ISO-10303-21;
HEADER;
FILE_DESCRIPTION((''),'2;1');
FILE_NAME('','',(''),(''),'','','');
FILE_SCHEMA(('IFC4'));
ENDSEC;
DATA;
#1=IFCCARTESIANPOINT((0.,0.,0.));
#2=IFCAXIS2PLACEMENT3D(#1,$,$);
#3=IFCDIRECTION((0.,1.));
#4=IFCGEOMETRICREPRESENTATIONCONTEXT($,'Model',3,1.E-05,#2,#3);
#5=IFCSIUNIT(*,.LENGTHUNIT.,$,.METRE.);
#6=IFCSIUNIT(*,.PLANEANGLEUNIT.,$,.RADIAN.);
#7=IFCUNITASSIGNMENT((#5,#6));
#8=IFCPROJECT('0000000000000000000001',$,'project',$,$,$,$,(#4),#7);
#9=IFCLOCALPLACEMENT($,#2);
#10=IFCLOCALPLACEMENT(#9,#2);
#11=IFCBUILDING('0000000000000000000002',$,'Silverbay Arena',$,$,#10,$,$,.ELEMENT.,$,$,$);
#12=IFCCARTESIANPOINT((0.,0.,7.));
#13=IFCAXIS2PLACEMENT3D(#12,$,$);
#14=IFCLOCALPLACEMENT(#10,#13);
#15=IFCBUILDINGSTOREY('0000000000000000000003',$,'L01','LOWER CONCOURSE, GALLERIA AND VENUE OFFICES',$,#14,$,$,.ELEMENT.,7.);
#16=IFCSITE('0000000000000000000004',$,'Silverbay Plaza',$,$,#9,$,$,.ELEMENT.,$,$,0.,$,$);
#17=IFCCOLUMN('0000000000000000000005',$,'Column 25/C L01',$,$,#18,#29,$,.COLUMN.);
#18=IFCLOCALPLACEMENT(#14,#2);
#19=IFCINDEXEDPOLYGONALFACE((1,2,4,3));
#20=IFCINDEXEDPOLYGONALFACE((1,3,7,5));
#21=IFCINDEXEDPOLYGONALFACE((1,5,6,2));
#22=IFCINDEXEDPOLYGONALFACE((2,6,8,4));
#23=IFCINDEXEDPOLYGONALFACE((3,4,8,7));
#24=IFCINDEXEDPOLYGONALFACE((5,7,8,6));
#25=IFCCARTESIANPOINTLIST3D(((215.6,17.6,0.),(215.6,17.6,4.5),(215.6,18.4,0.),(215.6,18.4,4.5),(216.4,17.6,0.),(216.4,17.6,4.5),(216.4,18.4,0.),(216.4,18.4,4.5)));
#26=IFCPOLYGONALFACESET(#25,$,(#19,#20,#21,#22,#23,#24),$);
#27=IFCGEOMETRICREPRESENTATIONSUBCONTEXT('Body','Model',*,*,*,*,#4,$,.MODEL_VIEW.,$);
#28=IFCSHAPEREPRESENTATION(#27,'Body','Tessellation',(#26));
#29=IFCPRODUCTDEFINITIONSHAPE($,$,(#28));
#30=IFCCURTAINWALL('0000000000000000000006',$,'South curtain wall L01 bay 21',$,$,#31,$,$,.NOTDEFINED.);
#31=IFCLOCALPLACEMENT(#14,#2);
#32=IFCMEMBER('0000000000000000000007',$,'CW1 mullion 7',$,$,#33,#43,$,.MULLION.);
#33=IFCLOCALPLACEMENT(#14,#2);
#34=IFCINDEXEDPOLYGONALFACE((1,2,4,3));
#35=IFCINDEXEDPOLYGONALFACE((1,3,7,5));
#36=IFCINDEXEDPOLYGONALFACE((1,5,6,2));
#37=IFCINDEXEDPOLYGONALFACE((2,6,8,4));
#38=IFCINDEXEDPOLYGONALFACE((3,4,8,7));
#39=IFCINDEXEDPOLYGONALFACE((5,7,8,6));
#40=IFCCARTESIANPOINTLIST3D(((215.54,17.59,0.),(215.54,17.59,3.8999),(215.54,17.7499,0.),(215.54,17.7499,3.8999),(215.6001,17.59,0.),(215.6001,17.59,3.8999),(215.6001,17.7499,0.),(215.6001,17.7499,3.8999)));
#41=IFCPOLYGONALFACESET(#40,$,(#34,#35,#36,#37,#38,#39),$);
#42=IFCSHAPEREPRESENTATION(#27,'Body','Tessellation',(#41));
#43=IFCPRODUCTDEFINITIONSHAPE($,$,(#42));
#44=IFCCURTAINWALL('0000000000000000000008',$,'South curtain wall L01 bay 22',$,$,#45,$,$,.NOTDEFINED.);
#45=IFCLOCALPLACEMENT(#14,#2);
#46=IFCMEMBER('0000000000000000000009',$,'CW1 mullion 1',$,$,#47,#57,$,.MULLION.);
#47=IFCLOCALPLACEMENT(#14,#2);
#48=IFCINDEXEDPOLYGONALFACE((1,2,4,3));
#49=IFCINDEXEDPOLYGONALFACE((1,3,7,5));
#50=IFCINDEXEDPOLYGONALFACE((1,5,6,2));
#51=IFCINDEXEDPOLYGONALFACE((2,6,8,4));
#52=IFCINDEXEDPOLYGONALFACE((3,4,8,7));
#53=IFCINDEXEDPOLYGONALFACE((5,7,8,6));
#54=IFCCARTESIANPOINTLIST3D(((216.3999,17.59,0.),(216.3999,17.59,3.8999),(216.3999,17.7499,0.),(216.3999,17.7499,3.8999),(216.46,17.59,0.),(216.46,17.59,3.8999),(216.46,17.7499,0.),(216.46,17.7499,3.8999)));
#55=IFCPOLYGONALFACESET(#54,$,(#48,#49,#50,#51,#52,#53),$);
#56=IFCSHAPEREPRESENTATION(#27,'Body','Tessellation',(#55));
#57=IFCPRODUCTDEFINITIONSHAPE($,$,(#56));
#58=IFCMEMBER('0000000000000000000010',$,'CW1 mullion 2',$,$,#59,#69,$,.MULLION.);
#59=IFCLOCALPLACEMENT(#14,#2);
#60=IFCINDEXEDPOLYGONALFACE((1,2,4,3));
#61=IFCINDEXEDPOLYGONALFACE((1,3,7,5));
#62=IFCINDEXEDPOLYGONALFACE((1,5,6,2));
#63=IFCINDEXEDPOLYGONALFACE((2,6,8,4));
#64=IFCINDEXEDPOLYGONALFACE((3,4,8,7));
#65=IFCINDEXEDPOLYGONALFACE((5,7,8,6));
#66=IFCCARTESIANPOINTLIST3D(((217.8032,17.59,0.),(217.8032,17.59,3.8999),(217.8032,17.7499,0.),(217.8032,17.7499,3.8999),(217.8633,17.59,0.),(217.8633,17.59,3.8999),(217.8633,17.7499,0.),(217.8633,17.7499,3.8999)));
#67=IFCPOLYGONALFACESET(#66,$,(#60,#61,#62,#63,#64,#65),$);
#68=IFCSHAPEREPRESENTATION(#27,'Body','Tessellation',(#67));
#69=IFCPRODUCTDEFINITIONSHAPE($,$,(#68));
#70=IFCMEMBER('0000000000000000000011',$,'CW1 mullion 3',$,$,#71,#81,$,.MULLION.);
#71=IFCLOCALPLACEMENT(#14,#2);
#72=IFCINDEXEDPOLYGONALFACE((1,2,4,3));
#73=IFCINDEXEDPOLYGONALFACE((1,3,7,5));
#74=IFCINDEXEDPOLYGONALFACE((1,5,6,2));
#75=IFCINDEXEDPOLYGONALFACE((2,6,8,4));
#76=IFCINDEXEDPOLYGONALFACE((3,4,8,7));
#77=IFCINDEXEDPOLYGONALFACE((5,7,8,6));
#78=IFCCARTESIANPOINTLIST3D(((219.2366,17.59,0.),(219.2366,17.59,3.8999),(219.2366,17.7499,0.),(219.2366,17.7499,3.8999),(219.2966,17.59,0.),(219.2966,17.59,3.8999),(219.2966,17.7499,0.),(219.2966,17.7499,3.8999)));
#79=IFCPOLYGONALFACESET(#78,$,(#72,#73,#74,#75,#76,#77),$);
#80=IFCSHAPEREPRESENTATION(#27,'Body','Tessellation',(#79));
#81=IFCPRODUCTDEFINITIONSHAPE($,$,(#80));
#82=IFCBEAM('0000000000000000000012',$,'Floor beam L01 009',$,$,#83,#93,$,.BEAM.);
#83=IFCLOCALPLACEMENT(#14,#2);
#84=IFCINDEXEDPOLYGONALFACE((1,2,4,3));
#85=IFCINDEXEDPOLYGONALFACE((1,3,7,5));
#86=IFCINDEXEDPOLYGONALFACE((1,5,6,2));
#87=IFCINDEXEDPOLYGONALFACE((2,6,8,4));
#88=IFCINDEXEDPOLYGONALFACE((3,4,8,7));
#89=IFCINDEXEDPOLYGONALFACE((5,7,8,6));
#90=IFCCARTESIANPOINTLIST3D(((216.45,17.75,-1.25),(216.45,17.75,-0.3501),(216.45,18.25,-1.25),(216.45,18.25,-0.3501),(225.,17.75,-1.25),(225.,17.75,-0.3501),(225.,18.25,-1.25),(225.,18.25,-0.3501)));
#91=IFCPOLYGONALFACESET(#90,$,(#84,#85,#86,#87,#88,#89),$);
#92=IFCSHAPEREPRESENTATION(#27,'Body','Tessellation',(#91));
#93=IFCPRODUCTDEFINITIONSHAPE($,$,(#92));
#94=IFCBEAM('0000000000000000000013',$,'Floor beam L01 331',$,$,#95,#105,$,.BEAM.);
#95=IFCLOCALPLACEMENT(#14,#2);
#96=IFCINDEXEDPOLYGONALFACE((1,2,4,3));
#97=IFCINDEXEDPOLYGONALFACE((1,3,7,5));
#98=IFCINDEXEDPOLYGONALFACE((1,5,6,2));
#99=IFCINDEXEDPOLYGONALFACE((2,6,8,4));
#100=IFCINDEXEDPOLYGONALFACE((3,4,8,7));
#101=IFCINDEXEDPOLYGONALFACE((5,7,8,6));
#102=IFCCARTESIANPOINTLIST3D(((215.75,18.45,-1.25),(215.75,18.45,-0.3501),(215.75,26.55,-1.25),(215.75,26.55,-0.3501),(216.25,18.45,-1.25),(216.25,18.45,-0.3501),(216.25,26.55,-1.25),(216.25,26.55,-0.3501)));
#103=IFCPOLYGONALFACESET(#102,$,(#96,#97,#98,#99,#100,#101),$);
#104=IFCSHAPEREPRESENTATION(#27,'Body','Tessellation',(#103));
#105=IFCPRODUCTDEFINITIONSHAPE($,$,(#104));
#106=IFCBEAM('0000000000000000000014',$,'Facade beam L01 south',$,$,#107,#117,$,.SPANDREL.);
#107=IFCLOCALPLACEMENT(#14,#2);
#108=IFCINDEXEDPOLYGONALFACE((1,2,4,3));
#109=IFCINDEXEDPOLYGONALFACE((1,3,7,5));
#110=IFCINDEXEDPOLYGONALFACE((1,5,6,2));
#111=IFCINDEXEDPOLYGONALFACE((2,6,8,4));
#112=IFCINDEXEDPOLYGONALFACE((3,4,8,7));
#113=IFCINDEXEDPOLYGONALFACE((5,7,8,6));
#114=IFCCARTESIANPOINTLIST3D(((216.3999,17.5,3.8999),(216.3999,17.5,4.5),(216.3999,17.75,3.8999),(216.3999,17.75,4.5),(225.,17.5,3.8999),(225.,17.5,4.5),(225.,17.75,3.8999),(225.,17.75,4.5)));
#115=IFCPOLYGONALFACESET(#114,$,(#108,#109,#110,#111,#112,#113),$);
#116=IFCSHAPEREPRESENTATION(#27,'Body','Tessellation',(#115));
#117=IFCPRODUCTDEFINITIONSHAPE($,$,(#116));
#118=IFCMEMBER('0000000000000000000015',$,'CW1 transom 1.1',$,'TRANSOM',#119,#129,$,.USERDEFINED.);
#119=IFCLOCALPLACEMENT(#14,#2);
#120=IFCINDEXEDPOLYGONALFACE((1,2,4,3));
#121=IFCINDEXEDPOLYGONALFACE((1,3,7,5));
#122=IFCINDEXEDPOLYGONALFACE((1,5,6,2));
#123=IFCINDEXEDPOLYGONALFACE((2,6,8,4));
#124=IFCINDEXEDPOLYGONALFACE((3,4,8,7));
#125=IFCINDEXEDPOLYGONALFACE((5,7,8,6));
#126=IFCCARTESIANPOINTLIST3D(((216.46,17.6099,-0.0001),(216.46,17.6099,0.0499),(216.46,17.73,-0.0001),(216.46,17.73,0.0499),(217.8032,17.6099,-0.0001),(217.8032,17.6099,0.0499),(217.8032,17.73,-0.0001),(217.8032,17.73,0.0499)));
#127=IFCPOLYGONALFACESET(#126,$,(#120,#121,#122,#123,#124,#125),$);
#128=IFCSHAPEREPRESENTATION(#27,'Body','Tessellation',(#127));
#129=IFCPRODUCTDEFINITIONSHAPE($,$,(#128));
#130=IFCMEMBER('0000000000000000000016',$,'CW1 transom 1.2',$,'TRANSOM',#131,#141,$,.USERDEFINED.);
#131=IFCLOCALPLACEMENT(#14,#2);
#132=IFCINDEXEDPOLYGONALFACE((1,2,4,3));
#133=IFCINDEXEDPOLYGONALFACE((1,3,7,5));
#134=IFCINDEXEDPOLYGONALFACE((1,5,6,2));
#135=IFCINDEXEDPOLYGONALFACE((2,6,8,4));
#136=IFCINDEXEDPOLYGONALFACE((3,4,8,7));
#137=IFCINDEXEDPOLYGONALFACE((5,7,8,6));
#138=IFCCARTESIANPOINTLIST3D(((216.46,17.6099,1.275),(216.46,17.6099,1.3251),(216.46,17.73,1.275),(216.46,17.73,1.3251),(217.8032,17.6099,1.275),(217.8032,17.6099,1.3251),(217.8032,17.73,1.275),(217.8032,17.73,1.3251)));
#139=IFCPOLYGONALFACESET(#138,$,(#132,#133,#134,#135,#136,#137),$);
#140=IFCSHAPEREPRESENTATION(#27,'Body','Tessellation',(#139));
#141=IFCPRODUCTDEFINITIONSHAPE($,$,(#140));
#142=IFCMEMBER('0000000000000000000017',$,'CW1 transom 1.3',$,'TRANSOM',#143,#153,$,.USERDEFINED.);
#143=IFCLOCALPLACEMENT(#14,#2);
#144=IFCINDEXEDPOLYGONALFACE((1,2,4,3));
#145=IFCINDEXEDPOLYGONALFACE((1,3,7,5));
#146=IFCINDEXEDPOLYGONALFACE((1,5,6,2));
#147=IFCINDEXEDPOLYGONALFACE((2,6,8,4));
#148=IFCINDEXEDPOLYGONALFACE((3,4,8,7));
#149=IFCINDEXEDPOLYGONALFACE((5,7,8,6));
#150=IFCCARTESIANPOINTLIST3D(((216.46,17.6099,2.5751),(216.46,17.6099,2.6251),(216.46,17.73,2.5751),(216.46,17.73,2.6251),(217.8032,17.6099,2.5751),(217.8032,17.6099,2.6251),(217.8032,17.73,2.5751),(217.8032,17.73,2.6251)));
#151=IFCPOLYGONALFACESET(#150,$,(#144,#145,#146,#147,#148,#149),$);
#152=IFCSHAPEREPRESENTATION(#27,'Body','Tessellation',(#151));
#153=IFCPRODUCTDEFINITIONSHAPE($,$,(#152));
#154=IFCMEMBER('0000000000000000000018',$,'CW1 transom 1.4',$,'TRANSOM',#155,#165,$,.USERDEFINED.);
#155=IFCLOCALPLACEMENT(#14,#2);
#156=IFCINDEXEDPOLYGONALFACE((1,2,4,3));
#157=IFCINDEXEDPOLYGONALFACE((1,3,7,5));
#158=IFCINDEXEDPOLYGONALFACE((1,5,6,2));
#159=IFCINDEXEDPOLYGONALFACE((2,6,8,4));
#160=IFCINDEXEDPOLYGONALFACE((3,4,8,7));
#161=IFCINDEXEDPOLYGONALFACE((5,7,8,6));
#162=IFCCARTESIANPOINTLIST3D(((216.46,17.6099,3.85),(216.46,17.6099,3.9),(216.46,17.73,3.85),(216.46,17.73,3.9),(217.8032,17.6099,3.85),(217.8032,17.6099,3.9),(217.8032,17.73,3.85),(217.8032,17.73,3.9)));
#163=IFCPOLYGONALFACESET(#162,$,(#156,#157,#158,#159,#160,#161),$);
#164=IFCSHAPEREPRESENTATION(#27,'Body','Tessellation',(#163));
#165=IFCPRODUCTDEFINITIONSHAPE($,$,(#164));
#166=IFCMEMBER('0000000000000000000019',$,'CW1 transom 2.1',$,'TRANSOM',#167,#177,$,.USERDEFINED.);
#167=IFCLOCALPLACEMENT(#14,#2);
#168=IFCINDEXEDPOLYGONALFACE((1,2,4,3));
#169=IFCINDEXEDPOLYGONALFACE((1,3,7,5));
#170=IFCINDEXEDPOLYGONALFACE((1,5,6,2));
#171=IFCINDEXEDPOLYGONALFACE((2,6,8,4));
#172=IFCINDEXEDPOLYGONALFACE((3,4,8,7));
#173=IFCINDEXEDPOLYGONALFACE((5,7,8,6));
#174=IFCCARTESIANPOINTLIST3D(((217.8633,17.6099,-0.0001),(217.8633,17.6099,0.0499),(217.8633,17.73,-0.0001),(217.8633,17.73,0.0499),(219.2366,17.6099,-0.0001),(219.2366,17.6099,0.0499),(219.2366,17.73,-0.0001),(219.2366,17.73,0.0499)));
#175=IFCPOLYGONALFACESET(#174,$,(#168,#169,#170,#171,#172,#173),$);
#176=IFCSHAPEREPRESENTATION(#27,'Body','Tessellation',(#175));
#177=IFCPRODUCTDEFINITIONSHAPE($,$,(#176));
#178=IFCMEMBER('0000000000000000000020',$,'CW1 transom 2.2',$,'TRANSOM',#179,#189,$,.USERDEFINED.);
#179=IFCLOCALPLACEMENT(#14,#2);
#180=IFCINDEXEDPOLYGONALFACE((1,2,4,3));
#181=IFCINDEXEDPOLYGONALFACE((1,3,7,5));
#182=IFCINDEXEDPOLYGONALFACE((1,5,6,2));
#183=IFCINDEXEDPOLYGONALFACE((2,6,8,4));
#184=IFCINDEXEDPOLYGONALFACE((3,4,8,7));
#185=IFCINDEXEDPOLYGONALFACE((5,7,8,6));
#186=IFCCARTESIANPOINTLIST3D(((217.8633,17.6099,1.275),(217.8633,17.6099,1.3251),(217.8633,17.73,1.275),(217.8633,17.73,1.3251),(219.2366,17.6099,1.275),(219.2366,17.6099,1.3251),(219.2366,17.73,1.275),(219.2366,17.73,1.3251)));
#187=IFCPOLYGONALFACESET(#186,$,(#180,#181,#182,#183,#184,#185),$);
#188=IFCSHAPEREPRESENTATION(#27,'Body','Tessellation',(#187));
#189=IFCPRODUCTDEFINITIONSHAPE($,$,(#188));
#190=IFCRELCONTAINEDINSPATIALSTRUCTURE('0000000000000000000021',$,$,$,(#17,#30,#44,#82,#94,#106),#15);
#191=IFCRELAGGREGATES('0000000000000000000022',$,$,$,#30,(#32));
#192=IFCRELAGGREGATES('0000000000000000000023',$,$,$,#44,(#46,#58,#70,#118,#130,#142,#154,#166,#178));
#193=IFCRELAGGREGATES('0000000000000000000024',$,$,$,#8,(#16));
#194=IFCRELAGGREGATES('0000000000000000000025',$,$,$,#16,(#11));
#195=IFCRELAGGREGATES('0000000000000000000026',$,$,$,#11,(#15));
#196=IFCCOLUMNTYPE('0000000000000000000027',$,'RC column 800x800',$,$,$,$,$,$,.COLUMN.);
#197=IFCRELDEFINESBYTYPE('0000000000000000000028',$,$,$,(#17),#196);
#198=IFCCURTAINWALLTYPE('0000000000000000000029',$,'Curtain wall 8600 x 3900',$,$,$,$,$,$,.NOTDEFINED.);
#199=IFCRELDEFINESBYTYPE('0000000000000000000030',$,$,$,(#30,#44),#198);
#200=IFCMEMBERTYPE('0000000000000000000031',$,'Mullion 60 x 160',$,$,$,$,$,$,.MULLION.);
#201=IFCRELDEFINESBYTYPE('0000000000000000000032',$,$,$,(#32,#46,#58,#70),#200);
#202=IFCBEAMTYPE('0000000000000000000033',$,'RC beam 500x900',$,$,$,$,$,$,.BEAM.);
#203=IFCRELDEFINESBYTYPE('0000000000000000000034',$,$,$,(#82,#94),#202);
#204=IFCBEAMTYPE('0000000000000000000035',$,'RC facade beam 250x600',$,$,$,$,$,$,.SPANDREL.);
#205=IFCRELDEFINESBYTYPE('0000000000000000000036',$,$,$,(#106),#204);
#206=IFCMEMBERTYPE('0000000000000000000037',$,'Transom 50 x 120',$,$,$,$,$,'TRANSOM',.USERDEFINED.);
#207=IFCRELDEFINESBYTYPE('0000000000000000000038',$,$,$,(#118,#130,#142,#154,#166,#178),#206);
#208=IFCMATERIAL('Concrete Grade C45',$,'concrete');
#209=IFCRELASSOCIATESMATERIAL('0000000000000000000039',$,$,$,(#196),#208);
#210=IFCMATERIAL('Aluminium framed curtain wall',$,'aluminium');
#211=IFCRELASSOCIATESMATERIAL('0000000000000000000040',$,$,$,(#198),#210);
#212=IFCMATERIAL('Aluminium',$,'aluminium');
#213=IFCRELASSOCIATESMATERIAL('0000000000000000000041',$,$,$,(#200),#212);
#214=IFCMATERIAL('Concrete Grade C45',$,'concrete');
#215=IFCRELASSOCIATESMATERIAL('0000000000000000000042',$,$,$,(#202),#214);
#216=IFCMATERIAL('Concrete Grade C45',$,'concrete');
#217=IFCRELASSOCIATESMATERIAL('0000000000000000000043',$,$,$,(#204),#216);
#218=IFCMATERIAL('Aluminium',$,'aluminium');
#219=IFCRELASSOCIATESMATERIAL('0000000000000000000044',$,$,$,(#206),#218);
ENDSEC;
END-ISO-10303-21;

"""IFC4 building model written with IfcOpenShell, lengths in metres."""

from ifc_helpers import new_model, si_unit, direction, frame, origin, origin_2d, place, context, subcontext, project, spatial, rectangle, extrude, material, material_profile, profile_set, type_object, element, aggregate, save


model = new_model("IFC4")

# Units and contexts
model_context = context("Model", 3, precision=1e-05, world=origin(), true_north=direction((0.0, 1.0)))
body_context = subcontext(model_context, "Body", "Model", "MODEL_VIEW")
ifc_project = project(units=[si_unit("LENGTHUNIT", "METRE"), si_unit("PLANEANGLEUNIT", "RADIAN")], contexts=[model_context])

# Site, building, storey
site_placement = place(None, origin())
site = spatial("IfcSite", under=ifc_project, at=site_placement, Name="Silverbay Plaza", CompositionType="ELEMENT", RefElevation=0.0)
building_placement = place(site_placement, origin())
building = spatial("IfcBuilding", under=site, at=building_placement, Name="Silverbay Arena", CompositionType="ELEMENT")
storey_placement = place(building_placement, frame((0.0, 0.0, 7.0)))
storey = spatial("IfcBuildingStorey", under=building, at=storey_placement, Name="L01", Description="LOWER CONCOURSE, GALLERIA AND VENUE OFFICES", CompositionType="ELEMENT", Elevation=7.0)

# Column
ifc_material_1 = material(Name="Concrete Grade C45", Category="concrete")
ifc_material_profile_1 = material_profile(ifc_material_1, rectangle(XDim=0.8, YDim=0.8, at=origin_2d()), Name="RC 800x800")
ifc_profile_set_1 = profile_set([ifc_material_profile_1], Name="Concrete Grade C45")
column_type = type_object("IfcColumnType", Name="RC column 800x800", PredefinedType="COLUMN", material=ifc_profile_set_1)
column_placement = place(storey_placement, frame((216.0, 18.0, 0.0), z_axis=(0.0, 0.0, 1.0), x_axis=(1.0, 0.0, 0.0)))
element("IfcColumn", 1, at=column_placement, inside=storey, type_object=column_type, Name="Column 25/C L01", PredefinedType="COLUMN", context=body_context, shape_type="SweptSolid", body=[
    extrude(rectangle(XDim=0.8, YDim=0.8, at=origin_2d()), origin(), (0.0, 0.0, 1.0), 4.5),
])

# Curtain wall, member
ifc_material_2 = material(Name="Aluminium framed curtain wall", Category="aluminium")
curtain_wall_type = type_object("IfcCurtainWallType", Name="Curtain wall 8600 x 3900", PredefinedType="NOTDEFINED", material=ifc_material_2)
curtain_wall_1_placement = place(storey_placement, origin())
curtain_wall_1 = element("IfcCurtainWall", 2, at=curtain_wall_1_placement, inside=storey, type_object=curtain_wall_type, Name="South curtain wall L01 bay 21", PredefinedType="NOTDEFINED")
ifc_material_3 = material(Name="Aluminium", Category="aluminium")
ifc_material_profile_2 = material_profile(ifc_material_3, rectangle(XDim=0.1599, YDim=0.0601, at=origin_2d()), Name="Mullion 60 x 160")
ifc_profile_set_2 = profile_set([ifc_material_profile_2], Name="Aluminium")
member_type_1 = type_object("IfcMemberType", Name="Mullion 60 x 160", PredefinedType="MULLION", material=ifc_profile_set_2)
member_1_placement = place(storey_placement, frame((215.5701, 17.6699, 0.0), z_axis=(0.0, 0.0, 1.0), x_axis=(0.0, 1.0, 0.0)))
member_1 = element("IfcMember", 3, at=member_1_placement, type_object=member_type_1, Name="CW1 mullion 7", PredefinedType="MULLION", context=body_context, shape_type="SweptSolid", body=[
    extrude(rectangle(XDim=0.1599, YDim=0.0601, at=origin_2d()), origin(), (0.0, 0.0, 1.0), 3.8999),
])

# Curtain wall, members
curtain_wall_2_placement = place(storey_placement, origin())
curtain_wall_2 = element("IfcCurtainWall", 4, at=curtain_wall_2_placement, inside=storey, type_object=curtain_wall_type, Name="South curtain wall L01 bay 22", PredefinedType="NOTDEFINED")
member_2_placement = place(storey_placement, frame((216.4299, 17.6699, 0.0), z_axis=(0.0, 0.0, 1.0), x_axis=(0.0, 1.0, 0.0)))
member_2 = element("IfcMember", 5, at=member_2_placement, type_object=member_type_1, Name="CW1 mullion 1", PredefinedType="MULLION", context=body_context, shape_type="SweptSolid", body=[
    extrude(rectangle(XDim=0.1599, YDim=0.0601, at=origin_2d()), origin(), (0.0, 0.0, 1.0), 3.8999),
])
member_3_placement = place(storey_placement, frame((217.8333, 17.6699, 0.0), z_axis=(0.0, 0.0, 1.0), x_axis=(0.0, 1.0, 0.0)))
member_3 = element("IfcMember", 6, at=member_3_placement, type_object=member_type_1, Name="CW1 mullion 2", PredefinedType="MULLION", context=body_context, shape_type="SweptSolid", body=[
    extrude(rectangle(XDim=0.1599, YDim=0.0601, at=origin_2d()), origin(), (0.0, 0.0, 1.0), 3.8999),
])
member_4_placement = place(storey_placement, frame((219.2666, 17.6699, 0.0), z_axis=(0.0, 0.0, 1.0), x_axis=(0.0, 1.0, 0.0)))
member_4 = element("IfcMember", 7, at=member_4_placement, type_object=member_type_1, Name="CW1 mullion 3", PredefinedType="MULLION", context=body_context, shape_type="SweptSolid", body=[
    extrude(rectangle(XDim=0.1599, YDim=0.0601, at=origin_2d()), origin(), (0.0, 0.0, 1.0), 3.8999),
])

# Beams
ifc_material_4 = material(Name="Concrete Grade C45", Category="concrete")
ifc_material_profile_3 = material_profile(ifc_material_4, rectangle(XDim=0.5, YDim=0.8999, at=origin_2d()), Name="RC 500x900")
ifc_profile_set_3 = profile_set([ifc_material_profile_3], Name="Concrete Grade C45")
beam_type_1 = type_object("IfcBeamType", Name="RC beam 500x900", PredefinedType="BEAM", material=ifc_profile_set_3)
beam_1_placement = place(storey_placement, frame((216.45, 18.0, -0.8), z_axis=(1.0, 0.0, 0.0), x_axis=(0.0, 1.0, 0.0)))
element("IfcBeam", 8, at=beam_1_placement, inside=storey, type_object=beam_type_1, Name="Floor beam L01 009", PredefinedType="BEAM", context=body_context, shape_type="SweptSolid", body=[
    extrude(rectangle(XDim=0.5, YDim=0.8999, at=origin_2d()), origin(), (0.0, 0.0, 1.0), 8.55),
])
beam_2_placement = place(storey_placement, frame((216.0, 18.45, -0.8), z_axis=(0.0, 1.0, 0.0), x_axis=(-1.0, 0.0, 0.0)))
element("IfcBeam", 9, at=beam_2_placement, inside=storey, type_object=beam_type_1, Name="Floor beam L01 331", PredefinedType="BEAM", context=body_context, shape_type="SweptSolid", body=[
    extrude(rectangle(XDim=0.5, YDim=0.8999, at=origin_2d()), origin(), (0.0, 0.0, 1.0), 8.1001),
])
ifc_material_5 = material(Name="Concrete Grade C45", Category="concrete")
ifc_material_profile_4 = material_profile(ifc_material_5, rectangle(XDim=0.25, YDim=0.6001, at=origin_2d()), Name="RC 250x600")
ifc_profile_set_4 = profile_set([ifc_material_profile_4], Name="Concrete Grade C45")
beam_type_2 = type_object("IfcBeamType", Name="RC facade beam 250x600", PredefinedType="SPANDREL", material=ifc_profile_set_4)
beam_3_placement = place(storey_placement, frame((216.3999, 17.625, 4.2), z_axis=(1.0, 0.0, 0.0), x_axis=(0.0, 1.0, 0.0)))
element("IfcBeam", 10, at=beam_3_placement, inside=storey, type_object=beam_type_2, Name="Facade beam L01 south", PredefinedType="SPANDREL", context=body_context, shape_type="SweptSolid", body=[
    extrude(rectangle(XDim=0.25, YDim=0.6001, at=origin_2d()), origin(), (0.0, 0.0, 1.0), 8.6001),
])

# Members
ifc_material_6 = material(Name="Aluminium", Category="aluminium")
ifc_material_profile_5 = material_profile(ifc_material_6, rectangle(XDim=0.1201, YDim=0.05, at=origin_2d()), Name="Transom 50 x 120")
ifc_profile_set_5 = profile_set([ifc_material_profile_5], Name="Aluminium")
member_type_2 = type_object("IfcMemberType", Name="Transom 50 x 120", ElementType="TRANSOM", PredefinedType="USERDEFINED", material=ifc_profile_set_5)
member_5_placement = place(storey_placement, frame((216.46, 17.6699, 0.0249), z_axis=(1.0, 0.0, 0.0), x_axis=(0.0, 1.0, 0.0)))
member_5 = element("IfcMember", 11, at=member_5_placement, type_object=member_type_2, Name="CW1 transom 1.1", ObjectType="TRANSOM", PredefinedType="USERDEFINED", context=body_context, shape_type="SweptSolid", body=[
    extrude(rectangle(XDim=0.1201, YDim=0.05, at=origin_2d()), origin(), (0.0, 0.0, 1.0), 1.3433),
])
member_6_placement = place(storey_placement, frame((216.46, 17.6699, 1.3), z_axis=(1.0, 0.0, 0.0), x_axis=(0.0, 1.0, 0.0)))
member_6 = element("IfcMember", 12, at=member_6_placement, type_object=member_type_2, Name="CW1 transom 1.2", ObjectType="TRANSOM", PredefinedType="USERDEFINED", context=body_context, shape_type="SweptSolid", body=[
    extrude(rectangle(XDim=0.1201, YDim=0.05, at=origin_2d()), origin(), (0.0, 0.0, 1.0), 1.3433),
])
member_7_placement = place(storey_placement, frame((216.46, 17.6699, 2.6001), z_axis=(1.0, 0.0, 0.0), x_axis=(0.0, 1.0, 0.0)))
member_7 = element("IfcMember", 13, at=member_7_placement, type_object=member_type_2, Name="CW1 transom 1.3", ObjectType="TRANSOM", PredefinedType="USERDEFINED", context=body_context, shape_type="SweptSolid", body=[
    extrude(rectangle(XDim=0.1201, YDim=0.05, at=origin_2d()), origin(), (0.0, 0.0, 1.0), 1.3433),
])
member_8_placement = place(storey_placement, frame((216.46, 17.6699, 3.875), z_axis=(1.0, 0.0, 0.0), x_axis=(0.0, 1.0, 0.0)))
member_8 = element("IfcMember", 14, at=member_8_placement, type_object=member_type_2, Name="CW1 transom 1.4", ObjectType="TRANSOM", PredefinedType="USERDEFINED", context=body_context, shape_type="SweptSolid", body=[
    extrude(rectangle(XDim=0.1201, YDim=0.05, at=origin_2d()), origin(), (0.0, 0.0, 1.0), 1.3433),
])
member_9_placement = place(storey_placement, frame((217.8633, 17.6699, 0.0249), z_axis=(1.0, 0.0, 0.0), x_axis=(0.0, 1.0, 0.0)))
member_9 = element("IfcMember", 15, at=member_9_placement, type_object=member_type_2, Name="CW1 transom 2.1", ObjectType="TRANSOM", PredefinedType="USERDEFINED", context=body_context, shape_type="SweptSolid", body=[
    extrude(rectangle(XDim=0.1201, YDim=0.05, at=origin_2d()), origin(), (0.0, 0.0, 1.0), 1.3733),
])
member_10_placement = place(storey_placement, frame((217.8633, 17.6699, 1.3), z_axis=(1.0, 0.0, 0.0), x_axis=(0.0, 1.0, 0.0)))
member_10 = element("IfcMember", 16, at=member_10_placement, type_object=member_type_2, Name="CW1 transom 2.2", ObjectType="TRANSOM", PredefinedType="USERDEFINED", context=body_context, shape_type="SweptSolid", body=[
    extrude(rectangle(XDim=0.1201, YDim=0.05, at=origin_2d()), origin(), (0.0, 0.0, 1.0), 1.3733),
])

aggregate(curtain_wall_1, [member_1])
aggregate(curtain_wall_2, [member_2, member_3, member_4, member_5, member_6, member_7, member_8, member_9, member_10])

save(model, "model.ifc")
